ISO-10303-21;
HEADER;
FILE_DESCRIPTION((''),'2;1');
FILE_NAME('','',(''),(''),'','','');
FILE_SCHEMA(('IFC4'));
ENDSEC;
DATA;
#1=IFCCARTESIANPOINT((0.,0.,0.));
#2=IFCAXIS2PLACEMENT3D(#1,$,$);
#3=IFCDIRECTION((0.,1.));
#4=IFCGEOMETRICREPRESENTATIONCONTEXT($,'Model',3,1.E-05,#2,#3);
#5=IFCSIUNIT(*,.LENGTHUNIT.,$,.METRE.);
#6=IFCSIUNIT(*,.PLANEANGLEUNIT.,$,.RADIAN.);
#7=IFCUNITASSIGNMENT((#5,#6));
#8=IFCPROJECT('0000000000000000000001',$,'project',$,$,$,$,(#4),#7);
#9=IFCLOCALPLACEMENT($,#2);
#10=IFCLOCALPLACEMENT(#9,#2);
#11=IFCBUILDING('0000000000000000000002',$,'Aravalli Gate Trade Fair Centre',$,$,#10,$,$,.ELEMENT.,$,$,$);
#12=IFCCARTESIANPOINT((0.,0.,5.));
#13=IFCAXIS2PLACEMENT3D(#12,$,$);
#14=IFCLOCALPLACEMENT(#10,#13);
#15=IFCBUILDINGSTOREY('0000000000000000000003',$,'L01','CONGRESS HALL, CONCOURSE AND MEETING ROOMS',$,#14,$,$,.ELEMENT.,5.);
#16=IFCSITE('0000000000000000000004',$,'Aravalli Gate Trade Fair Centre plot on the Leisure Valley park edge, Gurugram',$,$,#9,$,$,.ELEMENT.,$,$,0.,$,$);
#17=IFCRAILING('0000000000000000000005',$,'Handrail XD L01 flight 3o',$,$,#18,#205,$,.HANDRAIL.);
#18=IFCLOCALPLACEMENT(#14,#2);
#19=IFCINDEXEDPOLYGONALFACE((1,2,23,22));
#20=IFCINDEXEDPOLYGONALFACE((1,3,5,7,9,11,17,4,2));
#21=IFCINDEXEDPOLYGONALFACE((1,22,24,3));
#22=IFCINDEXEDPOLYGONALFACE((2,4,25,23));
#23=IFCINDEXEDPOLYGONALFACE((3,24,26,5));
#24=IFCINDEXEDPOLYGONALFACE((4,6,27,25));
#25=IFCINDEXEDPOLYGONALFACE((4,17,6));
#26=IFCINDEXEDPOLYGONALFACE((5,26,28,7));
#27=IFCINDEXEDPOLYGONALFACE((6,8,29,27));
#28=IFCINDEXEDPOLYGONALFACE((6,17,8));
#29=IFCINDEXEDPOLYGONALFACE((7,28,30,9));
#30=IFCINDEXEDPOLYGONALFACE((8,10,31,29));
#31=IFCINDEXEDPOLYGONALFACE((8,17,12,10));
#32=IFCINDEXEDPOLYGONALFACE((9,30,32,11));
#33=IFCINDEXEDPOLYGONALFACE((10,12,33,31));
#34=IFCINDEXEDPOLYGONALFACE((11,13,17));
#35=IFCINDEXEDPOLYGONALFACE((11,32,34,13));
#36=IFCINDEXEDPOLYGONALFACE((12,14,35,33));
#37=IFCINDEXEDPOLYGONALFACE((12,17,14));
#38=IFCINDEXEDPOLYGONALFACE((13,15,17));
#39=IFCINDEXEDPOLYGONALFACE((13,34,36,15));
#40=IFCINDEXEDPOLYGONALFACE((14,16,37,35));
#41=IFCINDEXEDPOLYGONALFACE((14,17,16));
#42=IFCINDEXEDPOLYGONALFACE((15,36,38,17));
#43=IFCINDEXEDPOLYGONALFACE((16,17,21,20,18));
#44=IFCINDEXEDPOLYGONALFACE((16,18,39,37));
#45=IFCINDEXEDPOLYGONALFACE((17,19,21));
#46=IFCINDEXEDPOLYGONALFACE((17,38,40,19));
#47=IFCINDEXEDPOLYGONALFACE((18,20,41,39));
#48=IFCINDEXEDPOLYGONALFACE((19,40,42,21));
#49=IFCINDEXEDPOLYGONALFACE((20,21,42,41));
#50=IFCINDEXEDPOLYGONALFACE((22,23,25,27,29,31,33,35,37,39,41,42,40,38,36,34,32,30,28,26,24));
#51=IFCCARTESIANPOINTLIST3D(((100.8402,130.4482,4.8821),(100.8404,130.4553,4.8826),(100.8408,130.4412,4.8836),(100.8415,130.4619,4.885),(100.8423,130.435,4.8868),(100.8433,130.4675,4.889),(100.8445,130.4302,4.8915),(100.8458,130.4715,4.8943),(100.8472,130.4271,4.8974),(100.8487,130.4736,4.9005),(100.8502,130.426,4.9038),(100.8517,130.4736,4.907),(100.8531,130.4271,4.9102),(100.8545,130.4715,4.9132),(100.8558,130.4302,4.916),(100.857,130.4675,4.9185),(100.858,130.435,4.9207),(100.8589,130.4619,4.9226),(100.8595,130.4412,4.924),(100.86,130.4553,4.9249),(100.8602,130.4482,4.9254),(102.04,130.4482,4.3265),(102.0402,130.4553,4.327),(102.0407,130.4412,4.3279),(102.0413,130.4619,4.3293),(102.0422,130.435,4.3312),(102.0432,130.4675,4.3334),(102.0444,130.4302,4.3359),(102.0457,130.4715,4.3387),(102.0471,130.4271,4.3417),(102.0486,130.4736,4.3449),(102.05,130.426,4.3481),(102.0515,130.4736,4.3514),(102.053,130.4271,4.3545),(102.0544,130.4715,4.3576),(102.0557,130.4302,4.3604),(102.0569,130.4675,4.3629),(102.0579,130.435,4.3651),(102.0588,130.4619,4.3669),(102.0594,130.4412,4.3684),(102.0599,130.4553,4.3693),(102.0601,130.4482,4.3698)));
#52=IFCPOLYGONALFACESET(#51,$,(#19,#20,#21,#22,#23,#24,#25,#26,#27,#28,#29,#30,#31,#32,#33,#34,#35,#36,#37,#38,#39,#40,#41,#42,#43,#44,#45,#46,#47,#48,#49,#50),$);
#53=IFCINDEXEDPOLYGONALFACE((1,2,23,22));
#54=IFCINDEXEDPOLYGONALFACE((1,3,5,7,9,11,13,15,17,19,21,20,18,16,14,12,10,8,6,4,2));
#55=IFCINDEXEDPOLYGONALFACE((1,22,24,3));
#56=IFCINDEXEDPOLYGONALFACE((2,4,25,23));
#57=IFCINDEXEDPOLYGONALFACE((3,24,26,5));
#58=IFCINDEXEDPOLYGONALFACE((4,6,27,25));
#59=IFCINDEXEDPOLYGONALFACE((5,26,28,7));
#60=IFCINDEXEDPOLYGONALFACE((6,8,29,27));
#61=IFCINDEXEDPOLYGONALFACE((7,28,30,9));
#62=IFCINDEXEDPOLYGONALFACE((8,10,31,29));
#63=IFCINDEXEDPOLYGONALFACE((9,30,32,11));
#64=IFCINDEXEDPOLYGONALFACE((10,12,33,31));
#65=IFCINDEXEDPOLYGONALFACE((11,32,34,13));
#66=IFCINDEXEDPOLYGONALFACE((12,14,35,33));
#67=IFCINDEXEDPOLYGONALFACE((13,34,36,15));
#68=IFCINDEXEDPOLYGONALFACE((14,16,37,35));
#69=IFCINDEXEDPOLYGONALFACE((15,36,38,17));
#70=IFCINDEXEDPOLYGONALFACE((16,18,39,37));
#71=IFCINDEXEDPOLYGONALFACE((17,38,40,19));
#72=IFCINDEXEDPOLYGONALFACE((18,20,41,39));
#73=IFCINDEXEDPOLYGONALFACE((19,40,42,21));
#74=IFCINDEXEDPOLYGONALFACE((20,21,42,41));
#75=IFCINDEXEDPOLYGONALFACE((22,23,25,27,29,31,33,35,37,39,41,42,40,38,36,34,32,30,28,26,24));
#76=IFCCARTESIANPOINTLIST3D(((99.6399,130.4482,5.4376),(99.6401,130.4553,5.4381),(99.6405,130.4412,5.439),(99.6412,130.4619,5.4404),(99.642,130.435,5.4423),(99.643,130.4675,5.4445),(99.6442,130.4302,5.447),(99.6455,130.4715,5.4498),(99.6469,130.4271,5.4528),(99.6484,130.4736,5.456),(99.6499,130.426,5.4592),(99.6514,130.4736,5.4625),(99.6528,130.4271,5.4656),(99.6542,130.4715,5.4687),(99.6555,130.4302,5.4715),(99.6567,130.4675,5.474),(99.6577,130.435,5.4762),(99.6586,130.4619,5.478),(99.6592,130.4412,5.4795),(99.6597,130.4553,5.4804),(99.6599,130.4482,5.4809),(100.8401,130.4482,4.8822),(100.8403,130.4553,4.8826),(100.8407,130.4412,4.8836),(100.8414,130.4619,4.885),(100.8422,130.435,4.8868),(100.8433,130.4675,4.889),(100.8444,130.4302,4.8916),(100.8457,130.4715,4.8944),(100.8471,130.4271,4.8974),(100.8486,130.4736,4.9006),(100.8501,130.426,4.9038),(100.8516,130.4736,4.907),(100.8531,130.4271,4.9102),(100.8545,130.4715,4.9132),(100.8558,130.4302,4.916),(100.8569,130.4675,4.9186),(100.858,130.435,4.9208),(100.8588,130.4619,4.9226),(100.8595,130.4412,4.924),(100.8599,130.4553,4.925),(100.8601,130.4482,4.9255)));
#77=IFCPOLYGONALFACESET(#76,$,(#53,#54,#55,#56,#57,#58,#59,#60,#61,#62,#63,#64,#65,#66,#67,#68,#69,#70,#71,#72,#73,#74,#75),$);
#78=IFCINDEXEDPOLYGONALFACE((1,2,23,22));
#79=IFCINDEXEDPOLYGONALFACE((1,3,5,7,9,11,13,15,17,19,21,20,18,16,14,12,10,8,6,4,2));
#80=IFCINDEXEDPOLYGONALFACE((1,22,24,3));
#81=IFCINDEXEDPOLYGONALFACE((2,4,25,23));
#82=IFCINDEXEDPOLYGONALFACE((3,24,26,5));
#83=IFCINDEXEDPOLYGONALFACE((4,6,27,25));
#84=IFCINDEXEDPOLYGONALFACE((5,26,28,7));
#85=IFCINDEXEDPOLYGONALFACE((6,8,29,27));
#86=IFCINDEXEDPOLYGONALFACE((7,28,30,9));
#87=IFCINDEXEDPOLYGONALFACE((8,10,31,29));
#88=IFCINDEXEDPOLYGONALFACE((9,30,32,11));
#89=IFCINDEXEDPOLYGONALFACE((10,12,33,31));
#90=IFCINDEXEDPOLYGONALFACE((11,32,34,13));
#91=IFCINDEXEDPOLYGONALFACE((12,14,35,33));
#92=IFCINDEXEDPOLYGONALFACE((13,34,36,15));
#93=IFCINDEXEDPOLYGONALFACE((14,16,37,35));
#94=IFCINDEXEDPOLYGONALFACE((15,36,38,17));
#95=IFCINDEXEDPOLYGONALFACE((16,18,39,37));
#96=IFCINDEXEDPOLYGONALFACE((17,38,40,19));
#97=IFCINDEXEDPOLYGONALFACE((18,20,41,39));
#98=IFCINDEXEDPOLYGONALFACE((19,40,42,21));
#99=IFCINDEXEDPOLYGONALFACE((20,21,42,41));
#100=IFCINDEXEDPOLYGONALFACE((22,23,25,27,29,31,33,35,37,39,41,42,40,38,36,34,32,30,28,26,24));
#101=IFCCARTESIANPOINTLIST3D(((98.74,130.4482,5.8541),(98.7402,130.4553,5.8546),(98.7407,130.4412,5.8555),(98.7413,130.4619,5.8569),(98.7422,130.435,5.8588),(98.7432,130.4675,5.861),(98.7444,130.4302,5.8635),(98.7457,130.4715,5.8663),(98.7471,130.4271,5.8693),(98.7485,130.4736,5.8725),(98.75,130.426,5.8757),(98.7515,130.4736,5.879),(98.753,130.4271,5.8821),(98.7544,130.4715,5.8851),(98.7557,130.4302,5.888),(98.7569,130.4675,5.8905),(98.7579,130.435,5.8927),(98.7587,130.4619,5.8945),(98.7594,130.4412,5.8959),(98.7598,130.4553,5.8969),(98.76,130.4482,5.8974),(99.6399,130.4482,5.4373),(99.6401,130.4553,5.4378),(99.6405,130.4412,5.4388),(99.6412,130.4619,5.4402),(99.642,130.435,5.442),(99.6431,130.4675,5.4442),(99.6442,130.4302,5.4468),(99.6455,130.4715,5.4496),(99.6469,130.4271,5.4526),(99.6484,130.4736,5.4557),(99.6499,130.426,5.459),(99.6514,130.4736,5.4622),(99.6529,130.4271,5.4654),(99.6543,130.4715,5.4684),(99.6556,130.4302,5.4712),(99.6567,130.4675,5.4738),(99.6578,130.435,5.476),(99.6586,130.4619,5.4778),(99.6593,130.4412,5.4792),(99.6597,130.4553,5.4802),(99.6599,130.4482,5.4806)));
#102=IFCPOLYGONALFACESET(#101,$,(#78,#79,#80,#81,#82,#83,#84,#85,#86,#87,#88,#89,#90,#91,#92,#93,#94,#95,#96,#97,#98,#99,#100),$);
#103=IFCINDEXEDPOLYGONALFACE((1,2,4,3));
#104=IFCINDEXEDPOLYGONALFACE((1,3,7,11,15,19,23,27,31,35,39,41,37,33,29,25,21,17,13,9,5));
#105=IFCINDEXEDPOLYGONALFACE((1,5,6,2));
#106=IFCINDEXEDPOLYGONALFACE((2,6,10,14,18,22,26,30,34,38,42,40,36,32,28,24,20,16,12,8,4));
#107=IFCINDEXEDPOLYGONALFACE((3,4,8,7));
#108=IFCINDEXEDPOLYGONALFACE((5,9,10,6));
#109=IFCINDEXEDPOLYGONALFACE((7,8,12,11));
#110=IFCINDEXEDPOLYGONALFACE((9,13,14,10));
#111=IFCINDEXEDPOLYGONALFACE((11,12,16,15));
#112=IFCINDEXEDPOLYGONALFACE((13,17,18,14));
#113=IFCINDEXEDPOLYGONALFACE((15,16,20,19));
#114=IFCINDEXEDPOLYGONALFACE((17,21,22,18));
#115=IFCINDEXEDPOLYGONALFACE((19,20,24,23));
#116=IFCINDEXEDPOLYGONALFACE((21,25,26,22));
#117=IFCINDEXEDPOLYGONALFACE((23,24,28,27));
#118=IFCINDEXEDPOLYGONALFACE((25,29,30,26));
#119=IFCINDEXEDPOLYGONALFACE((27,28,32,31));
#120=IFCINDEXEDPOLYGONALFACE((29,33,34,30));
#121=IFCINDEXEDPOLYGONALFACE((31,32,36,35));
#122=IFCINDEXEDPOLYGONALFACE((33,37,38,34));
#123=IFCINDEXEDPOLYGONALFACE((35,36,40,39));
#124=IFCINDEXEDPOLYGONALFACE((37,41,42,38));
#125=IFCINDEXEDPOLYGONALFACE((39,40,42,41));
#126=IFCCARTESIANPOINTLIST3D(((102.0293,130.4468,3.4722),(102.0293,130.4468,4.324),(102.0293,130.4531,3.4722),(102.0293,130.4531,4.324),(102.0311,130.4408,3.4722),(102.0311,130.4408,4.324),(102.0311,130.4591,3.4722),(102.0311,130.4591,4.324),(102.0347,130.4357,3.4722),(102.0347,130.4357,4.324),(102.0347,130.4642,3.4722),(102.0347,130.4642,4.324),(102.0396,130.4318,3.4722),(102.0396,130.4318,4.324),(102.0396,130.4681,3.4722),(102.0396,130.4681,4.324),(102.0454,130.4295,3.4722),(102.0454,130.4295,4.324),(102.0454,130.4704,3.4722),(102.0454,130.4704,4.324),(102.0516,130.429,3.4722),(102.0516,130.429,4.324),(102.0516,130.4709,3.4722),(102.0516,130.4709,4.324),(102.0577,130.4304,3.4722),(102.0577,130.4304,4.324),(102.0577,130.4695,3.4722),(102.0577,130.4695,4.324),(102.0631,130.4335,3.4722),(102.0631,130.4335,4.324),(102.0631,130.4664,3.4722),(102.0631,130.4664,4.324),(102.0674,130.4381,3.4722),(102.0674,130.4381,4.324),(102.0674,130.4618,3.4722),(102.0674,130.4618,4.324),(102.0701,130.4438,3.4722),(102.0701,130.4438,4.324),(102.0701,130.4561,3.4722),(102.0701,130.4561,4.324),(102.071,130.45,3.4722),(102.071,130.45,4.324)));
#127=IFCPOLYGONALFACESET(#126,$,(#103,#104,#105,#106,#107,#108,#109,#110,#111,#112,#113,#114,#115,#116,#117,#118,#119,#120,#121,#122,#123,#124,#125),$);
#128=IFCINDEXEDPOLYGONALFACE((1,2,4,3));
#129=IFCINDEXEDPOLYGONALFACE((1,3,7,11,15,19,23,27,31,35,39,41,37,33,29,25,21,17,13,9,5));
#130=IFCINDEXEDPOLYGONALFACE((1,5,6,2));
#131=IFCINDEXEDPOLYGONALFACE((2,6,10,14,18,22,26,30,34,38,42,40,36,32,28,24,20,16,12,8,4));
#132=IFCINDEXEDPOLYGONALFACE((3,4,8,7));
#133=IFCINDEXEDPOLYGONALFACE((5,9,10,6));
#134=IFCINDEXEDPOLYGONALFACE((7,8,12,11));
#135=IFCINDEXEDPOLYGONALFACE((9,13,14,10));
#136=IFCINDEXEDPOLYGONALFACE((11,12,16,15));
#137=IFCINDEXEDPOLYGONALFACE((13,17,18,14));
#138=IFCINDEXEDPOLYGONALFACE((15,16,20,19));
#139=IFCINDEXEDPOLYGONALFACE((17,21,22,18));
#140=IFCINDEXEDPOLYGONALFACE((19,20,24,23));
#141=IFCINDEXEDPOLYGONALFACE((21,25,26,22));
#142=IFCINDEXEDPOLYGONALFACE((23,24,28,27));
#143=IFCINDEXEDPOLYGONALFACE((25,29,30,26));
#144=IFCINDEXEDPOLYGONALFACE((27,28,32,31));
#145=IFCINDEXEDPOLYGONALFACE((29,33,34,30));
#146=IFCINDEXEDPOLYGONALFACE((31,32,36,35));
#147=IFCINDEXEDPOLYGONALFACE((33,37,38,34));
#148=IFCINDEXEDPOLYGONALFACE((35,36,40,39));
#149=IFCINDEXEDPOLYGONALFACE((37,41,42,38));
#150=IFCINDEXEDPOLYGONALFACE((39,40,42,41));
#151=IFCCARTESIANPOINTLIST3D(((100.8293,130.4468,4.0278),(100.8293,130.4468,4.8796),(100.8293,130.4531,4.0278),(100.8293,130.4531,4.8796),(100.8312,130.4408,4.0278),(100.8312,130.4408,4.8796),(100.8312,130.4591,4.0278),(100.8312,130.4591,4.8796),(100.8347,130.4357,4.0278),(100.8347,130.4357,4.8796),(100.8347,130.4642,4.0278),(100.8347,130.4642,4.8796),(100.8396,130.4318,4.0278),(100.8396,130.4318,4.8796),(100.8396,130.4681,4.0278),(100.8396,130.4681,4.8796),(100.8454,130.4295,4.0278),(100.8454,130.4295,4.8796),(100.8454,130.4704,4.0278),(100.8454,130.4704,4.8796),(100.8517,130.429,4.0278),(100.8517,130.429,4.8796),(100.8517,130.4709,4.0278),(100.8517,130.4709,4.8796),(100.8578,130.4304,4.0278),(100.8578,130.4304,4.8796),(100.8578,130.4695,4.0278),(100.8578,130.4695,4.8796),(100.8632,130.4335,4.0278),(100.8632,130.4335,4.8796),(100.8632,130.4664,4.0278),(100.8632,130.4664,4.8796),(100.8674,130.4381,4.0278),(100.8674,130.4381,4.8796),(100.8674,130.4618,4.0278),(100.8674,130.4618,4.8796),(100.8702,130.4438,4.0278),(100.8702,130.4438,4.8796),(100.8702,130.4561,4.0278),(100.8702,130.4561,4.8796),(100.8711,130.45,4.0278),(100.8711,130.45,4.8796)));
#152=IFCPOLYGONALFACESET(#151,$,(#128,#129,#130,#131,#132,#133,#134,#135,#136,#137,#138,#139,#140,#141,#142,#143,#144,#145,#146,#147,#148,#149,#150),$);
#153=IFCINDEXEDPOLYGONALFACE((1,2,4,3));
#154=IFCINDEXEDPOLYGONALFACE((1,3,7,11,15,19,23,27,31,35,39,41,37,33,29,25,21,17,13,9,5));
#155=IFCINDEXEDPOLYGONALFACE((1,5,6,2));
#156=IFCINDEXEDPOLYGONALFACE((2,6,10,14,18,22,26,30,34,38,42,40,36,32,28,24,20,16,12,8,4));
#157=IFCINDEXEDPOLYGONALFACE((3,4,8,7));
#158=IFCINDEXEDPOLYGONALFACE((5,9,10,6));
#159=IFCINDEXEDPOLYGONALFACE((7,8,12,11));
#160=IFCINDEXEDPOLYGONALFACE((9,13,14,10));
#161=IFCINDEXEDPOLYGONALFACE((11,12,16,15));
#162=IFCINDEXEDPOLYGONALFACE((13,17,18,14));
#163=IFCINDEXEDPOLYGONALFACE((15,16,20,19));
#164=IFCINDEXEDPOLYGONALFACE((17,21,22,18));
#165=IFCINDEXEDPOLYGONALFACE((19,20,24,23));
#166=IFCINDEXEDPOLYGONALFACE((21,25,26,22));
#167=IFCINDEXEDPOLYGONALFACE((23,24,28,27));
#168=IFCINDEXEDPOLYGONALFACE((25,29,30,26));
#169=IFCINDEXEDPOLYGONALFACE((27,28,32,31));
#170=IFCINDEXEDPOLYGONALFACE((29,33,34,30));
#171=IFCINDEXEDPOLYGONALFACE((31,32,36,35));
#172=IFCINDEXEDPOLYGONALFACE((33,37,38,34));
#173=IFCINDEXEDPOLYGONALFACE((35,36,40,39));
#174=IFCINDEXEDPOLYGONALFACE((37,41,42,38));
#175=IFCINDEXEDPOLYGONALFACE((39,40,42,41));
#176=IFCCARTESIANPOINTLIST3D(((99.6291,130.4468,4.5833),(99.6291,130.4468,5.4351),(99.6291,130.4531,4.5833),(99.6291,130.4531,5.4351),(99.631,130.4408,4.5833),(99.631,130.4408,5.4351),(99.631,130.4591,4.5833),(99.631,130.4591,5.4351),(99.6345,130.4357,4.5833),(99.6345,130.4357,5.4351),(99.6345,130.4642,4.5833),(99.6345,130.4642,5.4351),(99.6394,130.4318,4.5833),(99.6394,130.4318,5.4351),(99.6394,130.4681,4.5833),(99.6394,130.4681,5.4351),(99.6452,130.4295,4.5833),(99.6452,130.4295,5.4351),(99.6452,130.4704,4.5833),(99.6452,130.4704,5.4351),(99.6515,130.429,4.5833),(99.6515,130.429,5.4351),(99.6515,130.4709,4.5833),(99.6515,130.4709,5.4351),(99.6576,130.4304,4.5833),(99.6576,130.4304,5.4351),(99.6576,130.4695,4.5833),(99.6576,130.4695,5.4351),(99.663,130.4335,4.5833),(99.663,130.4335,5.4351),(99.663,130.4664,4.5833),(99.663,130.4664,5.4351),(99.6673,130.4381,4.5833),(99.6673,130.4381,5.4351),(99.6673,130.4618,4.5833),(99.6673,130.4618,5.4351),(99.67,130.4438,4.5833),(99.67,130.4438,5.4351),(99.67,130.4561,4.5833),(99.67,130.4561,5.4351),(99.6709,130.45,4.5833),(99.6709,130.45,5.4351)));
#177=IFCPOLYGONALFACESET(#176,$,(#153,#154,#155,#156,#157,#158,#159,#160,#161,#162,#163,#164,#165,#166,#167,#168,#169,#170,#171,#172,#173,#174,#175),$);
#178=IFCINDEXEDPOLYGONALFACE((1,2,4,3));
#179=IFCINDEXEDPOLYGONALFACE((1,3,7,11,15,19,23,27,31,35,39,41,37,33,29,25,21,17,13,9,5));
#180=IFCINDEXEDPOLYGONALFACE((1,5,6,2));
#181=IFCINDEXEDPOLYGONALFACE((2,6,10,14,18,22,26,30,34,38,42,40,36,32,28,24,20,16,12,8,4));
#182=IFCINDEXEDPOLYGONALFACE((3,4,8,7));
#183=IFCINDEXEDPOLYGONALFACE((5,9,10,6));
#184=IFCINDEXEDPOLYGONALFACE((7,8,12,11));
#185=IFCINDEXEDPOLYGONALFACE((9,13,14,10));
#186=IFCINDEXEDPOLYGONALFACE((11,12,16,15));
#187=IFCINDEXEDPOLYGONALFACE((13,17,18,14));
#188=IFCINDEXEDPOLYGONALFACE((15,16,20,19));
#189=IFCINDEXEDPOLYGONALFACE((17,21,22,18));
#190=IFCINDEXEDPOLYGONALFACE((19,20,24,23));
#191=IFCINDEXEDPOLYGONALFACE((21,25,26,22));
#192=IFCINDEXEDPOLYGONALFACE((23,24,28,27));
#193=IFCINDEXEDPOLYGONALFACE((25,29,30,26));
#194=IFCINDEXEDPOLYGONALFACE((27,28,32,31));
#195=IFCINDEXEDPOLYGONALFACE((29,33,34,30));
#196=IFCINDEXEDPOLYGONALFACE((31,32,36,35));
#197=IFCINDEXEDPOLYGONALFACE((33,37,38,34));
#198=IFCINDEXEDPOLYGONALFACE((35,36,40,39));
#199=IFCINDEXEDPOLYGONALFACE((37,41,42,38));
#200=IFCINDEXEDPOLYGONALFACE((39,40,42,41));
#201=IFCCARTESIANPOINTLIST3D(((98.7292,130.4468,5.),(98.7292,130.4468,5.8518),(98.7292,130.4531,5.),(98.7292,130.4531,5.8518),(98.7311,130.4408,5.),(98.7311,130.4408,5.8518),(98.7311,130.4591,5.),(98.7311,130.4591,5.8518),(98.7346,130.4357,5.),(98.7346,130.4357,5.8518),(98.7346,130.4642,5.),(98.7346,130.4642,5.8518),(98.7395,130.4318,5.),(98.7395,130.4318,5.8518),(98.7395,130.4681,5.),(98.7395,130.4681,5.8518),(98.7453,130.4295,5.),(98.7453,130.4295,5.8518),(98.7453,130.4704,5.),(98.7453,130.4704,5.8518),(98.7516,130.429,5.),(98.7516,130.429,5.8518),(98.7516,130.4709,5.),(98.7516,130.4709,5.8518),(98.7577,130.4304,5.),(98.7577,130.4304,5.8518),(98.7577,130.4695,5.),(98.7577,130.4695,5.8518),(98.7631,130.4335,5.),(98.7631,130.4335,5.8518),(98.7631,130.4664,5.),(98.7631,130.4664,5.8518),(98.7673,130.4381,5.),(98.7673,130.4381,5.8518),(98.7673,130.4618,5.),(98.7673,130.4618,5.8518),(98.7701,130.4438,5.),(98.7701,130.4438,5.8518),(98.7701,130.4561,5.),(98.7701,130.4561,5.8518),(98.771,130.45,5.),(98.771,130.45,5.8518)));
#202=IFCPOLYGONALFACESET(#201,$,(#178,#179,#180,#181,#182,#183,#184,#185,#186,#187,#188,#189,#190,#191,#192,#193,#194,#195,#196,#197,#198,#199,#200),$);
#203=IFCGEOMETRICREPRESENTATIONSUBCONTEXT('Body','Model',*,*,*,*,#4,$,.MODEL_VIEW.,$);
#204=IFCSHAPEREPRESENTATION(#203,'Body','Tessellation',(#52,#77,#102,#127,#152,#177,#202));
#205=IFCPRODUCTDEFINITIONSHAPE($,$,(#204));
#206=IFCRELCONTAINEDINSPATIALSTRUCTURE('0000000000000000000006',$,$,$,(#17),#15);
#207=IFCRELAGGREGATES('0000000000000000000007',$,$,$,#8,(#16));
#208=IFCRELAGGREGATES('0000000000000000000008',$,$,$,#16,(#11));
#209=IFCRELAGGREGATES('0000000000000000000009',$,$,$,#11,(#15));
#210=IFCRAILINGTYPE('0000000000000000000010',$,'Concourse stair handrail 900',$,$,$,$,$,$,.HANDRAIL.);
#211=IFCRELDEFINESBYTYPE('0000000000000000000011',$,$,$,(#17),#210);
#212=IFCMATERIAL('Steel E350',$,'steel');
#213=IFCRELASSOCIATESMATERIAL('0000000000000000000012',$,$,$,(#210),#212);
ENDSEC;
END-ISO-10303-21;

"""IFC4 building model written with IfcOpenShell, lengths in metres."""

from ifc_helpers import new_model, si_unit, direction, frame, origin, origin_2d, place, context, subcontext, project, spatial, circle, extrude, material, type_object, element, save


model = new_model("IFC4")

# Units and contexts
model_context = context("Model", 3, precision=1e-05, world=origin(), true_north=direction((0.0, 1.0)))
body_context = subcontext(model_context, "Body", "Model", "MODEL_VIEW")
ifc_project = project(units=[si_unit("LENGTHUNIT", "METRE"), si_unit("PLANEANGLEUNIT", "RADIAN")], contexts=[model_context])

# Site, building, storey
site_placement = place(None, origin())
site = spatial("IfcSite", under=ifc_project, at=site_placement, Name="Aravalli Gate Trade Fair Centre plot on the Leisure Valley park edge, Gurugram", CompositionType="ELEMENT", RefElevation=0.0)
building_placement = place(site_placement, origin())
building = spatial("IfcBuilding", under=site, at=building_placement, Name="Aravalli Gate Trade Fair Centre", CompositionType="ELEMENT")
storey_placement = place(building_placement, frame((0.0, 0.0, 5.0)))
storey = spatial("IfcBuildingStorey", under=building, at=storey_placement, Name="L01", Description="CONGRESS HALL, CONCOURSE AND MEETING ROOMS", CompositionType="ELEMENT", Elevation=5.0)

# Shared definitions
ifc_material_1 = material(Name="Steel E350", Category="steel")

# Railing
railing_type_1 = type_object("IfcRailingType", Name="Concourse stair handrail 900", PredefinedType="HANDRAIL", material=ifc_material_1)
for number, where, name in (
    (1, (102.05, 130.45, 3.4722), "Handrail XD L01 flight 3o"),
):
    element("IfcRailing", number, at=place(storey_placement, frame(where)), inside=storey, type_object=railing_type_1, Name=name, PredefinedType="HANDRAIL", context=body_context, shape_type="SweptSolid", body=[
        extrude(circle(Radius=0.0239, at=origin_2d()), frame((0.0, 0.0, 0.876), z_axis=(-0.907429, 0.0, 0.420205), x_axis=(0.0, -1.0, 0.0)), (0.0, 0.0, 1.0), 1.3223),
        extrude(circle(Radius=0.0239, at=origin_2d()), frame((-1.2, 0.0, 1.4316), z_axis=(-0.907532, 0.0, 0.419983), x_axis=(0.0, -1.0, 0.0)), (0.0, 0.0, 1.0), 1.3225),
        extrude(circle(Radius=0.0239, at=origin_2d()), frame((-2.4001, 0.0, 1.9868), z_axis=(-0.907418, 0.0, 0.420229), x_axis=(0.0, -1.0, 0.0)), (0.0, 0.0, 1.0), 0.9917),
        extrude(circle(Radius=0.021, at=origin_2d()), origin(), (0.0, 0.0, 1.0), 0.8518),
        extrude(circle(Radius=0.021, at=origin_2d()), frame((-1.2, 0.0, 0.5557)), (0.0, 0.0, 1.0), 0.8518),
        extrude(circle(Radius=0.021, at=origin_2d()), frame((-2.4001, 0.0, 1.1111)), (0.0, 0.0, 1.0), 0.8518),
        extrude(circle(Radius=0.021, at=origin_2d()), frame((-3.3, 0.0, 1.5278)), (0.0, 0.0, 1.0), 0.8518),
    ])

save(model, "model.ifc")
